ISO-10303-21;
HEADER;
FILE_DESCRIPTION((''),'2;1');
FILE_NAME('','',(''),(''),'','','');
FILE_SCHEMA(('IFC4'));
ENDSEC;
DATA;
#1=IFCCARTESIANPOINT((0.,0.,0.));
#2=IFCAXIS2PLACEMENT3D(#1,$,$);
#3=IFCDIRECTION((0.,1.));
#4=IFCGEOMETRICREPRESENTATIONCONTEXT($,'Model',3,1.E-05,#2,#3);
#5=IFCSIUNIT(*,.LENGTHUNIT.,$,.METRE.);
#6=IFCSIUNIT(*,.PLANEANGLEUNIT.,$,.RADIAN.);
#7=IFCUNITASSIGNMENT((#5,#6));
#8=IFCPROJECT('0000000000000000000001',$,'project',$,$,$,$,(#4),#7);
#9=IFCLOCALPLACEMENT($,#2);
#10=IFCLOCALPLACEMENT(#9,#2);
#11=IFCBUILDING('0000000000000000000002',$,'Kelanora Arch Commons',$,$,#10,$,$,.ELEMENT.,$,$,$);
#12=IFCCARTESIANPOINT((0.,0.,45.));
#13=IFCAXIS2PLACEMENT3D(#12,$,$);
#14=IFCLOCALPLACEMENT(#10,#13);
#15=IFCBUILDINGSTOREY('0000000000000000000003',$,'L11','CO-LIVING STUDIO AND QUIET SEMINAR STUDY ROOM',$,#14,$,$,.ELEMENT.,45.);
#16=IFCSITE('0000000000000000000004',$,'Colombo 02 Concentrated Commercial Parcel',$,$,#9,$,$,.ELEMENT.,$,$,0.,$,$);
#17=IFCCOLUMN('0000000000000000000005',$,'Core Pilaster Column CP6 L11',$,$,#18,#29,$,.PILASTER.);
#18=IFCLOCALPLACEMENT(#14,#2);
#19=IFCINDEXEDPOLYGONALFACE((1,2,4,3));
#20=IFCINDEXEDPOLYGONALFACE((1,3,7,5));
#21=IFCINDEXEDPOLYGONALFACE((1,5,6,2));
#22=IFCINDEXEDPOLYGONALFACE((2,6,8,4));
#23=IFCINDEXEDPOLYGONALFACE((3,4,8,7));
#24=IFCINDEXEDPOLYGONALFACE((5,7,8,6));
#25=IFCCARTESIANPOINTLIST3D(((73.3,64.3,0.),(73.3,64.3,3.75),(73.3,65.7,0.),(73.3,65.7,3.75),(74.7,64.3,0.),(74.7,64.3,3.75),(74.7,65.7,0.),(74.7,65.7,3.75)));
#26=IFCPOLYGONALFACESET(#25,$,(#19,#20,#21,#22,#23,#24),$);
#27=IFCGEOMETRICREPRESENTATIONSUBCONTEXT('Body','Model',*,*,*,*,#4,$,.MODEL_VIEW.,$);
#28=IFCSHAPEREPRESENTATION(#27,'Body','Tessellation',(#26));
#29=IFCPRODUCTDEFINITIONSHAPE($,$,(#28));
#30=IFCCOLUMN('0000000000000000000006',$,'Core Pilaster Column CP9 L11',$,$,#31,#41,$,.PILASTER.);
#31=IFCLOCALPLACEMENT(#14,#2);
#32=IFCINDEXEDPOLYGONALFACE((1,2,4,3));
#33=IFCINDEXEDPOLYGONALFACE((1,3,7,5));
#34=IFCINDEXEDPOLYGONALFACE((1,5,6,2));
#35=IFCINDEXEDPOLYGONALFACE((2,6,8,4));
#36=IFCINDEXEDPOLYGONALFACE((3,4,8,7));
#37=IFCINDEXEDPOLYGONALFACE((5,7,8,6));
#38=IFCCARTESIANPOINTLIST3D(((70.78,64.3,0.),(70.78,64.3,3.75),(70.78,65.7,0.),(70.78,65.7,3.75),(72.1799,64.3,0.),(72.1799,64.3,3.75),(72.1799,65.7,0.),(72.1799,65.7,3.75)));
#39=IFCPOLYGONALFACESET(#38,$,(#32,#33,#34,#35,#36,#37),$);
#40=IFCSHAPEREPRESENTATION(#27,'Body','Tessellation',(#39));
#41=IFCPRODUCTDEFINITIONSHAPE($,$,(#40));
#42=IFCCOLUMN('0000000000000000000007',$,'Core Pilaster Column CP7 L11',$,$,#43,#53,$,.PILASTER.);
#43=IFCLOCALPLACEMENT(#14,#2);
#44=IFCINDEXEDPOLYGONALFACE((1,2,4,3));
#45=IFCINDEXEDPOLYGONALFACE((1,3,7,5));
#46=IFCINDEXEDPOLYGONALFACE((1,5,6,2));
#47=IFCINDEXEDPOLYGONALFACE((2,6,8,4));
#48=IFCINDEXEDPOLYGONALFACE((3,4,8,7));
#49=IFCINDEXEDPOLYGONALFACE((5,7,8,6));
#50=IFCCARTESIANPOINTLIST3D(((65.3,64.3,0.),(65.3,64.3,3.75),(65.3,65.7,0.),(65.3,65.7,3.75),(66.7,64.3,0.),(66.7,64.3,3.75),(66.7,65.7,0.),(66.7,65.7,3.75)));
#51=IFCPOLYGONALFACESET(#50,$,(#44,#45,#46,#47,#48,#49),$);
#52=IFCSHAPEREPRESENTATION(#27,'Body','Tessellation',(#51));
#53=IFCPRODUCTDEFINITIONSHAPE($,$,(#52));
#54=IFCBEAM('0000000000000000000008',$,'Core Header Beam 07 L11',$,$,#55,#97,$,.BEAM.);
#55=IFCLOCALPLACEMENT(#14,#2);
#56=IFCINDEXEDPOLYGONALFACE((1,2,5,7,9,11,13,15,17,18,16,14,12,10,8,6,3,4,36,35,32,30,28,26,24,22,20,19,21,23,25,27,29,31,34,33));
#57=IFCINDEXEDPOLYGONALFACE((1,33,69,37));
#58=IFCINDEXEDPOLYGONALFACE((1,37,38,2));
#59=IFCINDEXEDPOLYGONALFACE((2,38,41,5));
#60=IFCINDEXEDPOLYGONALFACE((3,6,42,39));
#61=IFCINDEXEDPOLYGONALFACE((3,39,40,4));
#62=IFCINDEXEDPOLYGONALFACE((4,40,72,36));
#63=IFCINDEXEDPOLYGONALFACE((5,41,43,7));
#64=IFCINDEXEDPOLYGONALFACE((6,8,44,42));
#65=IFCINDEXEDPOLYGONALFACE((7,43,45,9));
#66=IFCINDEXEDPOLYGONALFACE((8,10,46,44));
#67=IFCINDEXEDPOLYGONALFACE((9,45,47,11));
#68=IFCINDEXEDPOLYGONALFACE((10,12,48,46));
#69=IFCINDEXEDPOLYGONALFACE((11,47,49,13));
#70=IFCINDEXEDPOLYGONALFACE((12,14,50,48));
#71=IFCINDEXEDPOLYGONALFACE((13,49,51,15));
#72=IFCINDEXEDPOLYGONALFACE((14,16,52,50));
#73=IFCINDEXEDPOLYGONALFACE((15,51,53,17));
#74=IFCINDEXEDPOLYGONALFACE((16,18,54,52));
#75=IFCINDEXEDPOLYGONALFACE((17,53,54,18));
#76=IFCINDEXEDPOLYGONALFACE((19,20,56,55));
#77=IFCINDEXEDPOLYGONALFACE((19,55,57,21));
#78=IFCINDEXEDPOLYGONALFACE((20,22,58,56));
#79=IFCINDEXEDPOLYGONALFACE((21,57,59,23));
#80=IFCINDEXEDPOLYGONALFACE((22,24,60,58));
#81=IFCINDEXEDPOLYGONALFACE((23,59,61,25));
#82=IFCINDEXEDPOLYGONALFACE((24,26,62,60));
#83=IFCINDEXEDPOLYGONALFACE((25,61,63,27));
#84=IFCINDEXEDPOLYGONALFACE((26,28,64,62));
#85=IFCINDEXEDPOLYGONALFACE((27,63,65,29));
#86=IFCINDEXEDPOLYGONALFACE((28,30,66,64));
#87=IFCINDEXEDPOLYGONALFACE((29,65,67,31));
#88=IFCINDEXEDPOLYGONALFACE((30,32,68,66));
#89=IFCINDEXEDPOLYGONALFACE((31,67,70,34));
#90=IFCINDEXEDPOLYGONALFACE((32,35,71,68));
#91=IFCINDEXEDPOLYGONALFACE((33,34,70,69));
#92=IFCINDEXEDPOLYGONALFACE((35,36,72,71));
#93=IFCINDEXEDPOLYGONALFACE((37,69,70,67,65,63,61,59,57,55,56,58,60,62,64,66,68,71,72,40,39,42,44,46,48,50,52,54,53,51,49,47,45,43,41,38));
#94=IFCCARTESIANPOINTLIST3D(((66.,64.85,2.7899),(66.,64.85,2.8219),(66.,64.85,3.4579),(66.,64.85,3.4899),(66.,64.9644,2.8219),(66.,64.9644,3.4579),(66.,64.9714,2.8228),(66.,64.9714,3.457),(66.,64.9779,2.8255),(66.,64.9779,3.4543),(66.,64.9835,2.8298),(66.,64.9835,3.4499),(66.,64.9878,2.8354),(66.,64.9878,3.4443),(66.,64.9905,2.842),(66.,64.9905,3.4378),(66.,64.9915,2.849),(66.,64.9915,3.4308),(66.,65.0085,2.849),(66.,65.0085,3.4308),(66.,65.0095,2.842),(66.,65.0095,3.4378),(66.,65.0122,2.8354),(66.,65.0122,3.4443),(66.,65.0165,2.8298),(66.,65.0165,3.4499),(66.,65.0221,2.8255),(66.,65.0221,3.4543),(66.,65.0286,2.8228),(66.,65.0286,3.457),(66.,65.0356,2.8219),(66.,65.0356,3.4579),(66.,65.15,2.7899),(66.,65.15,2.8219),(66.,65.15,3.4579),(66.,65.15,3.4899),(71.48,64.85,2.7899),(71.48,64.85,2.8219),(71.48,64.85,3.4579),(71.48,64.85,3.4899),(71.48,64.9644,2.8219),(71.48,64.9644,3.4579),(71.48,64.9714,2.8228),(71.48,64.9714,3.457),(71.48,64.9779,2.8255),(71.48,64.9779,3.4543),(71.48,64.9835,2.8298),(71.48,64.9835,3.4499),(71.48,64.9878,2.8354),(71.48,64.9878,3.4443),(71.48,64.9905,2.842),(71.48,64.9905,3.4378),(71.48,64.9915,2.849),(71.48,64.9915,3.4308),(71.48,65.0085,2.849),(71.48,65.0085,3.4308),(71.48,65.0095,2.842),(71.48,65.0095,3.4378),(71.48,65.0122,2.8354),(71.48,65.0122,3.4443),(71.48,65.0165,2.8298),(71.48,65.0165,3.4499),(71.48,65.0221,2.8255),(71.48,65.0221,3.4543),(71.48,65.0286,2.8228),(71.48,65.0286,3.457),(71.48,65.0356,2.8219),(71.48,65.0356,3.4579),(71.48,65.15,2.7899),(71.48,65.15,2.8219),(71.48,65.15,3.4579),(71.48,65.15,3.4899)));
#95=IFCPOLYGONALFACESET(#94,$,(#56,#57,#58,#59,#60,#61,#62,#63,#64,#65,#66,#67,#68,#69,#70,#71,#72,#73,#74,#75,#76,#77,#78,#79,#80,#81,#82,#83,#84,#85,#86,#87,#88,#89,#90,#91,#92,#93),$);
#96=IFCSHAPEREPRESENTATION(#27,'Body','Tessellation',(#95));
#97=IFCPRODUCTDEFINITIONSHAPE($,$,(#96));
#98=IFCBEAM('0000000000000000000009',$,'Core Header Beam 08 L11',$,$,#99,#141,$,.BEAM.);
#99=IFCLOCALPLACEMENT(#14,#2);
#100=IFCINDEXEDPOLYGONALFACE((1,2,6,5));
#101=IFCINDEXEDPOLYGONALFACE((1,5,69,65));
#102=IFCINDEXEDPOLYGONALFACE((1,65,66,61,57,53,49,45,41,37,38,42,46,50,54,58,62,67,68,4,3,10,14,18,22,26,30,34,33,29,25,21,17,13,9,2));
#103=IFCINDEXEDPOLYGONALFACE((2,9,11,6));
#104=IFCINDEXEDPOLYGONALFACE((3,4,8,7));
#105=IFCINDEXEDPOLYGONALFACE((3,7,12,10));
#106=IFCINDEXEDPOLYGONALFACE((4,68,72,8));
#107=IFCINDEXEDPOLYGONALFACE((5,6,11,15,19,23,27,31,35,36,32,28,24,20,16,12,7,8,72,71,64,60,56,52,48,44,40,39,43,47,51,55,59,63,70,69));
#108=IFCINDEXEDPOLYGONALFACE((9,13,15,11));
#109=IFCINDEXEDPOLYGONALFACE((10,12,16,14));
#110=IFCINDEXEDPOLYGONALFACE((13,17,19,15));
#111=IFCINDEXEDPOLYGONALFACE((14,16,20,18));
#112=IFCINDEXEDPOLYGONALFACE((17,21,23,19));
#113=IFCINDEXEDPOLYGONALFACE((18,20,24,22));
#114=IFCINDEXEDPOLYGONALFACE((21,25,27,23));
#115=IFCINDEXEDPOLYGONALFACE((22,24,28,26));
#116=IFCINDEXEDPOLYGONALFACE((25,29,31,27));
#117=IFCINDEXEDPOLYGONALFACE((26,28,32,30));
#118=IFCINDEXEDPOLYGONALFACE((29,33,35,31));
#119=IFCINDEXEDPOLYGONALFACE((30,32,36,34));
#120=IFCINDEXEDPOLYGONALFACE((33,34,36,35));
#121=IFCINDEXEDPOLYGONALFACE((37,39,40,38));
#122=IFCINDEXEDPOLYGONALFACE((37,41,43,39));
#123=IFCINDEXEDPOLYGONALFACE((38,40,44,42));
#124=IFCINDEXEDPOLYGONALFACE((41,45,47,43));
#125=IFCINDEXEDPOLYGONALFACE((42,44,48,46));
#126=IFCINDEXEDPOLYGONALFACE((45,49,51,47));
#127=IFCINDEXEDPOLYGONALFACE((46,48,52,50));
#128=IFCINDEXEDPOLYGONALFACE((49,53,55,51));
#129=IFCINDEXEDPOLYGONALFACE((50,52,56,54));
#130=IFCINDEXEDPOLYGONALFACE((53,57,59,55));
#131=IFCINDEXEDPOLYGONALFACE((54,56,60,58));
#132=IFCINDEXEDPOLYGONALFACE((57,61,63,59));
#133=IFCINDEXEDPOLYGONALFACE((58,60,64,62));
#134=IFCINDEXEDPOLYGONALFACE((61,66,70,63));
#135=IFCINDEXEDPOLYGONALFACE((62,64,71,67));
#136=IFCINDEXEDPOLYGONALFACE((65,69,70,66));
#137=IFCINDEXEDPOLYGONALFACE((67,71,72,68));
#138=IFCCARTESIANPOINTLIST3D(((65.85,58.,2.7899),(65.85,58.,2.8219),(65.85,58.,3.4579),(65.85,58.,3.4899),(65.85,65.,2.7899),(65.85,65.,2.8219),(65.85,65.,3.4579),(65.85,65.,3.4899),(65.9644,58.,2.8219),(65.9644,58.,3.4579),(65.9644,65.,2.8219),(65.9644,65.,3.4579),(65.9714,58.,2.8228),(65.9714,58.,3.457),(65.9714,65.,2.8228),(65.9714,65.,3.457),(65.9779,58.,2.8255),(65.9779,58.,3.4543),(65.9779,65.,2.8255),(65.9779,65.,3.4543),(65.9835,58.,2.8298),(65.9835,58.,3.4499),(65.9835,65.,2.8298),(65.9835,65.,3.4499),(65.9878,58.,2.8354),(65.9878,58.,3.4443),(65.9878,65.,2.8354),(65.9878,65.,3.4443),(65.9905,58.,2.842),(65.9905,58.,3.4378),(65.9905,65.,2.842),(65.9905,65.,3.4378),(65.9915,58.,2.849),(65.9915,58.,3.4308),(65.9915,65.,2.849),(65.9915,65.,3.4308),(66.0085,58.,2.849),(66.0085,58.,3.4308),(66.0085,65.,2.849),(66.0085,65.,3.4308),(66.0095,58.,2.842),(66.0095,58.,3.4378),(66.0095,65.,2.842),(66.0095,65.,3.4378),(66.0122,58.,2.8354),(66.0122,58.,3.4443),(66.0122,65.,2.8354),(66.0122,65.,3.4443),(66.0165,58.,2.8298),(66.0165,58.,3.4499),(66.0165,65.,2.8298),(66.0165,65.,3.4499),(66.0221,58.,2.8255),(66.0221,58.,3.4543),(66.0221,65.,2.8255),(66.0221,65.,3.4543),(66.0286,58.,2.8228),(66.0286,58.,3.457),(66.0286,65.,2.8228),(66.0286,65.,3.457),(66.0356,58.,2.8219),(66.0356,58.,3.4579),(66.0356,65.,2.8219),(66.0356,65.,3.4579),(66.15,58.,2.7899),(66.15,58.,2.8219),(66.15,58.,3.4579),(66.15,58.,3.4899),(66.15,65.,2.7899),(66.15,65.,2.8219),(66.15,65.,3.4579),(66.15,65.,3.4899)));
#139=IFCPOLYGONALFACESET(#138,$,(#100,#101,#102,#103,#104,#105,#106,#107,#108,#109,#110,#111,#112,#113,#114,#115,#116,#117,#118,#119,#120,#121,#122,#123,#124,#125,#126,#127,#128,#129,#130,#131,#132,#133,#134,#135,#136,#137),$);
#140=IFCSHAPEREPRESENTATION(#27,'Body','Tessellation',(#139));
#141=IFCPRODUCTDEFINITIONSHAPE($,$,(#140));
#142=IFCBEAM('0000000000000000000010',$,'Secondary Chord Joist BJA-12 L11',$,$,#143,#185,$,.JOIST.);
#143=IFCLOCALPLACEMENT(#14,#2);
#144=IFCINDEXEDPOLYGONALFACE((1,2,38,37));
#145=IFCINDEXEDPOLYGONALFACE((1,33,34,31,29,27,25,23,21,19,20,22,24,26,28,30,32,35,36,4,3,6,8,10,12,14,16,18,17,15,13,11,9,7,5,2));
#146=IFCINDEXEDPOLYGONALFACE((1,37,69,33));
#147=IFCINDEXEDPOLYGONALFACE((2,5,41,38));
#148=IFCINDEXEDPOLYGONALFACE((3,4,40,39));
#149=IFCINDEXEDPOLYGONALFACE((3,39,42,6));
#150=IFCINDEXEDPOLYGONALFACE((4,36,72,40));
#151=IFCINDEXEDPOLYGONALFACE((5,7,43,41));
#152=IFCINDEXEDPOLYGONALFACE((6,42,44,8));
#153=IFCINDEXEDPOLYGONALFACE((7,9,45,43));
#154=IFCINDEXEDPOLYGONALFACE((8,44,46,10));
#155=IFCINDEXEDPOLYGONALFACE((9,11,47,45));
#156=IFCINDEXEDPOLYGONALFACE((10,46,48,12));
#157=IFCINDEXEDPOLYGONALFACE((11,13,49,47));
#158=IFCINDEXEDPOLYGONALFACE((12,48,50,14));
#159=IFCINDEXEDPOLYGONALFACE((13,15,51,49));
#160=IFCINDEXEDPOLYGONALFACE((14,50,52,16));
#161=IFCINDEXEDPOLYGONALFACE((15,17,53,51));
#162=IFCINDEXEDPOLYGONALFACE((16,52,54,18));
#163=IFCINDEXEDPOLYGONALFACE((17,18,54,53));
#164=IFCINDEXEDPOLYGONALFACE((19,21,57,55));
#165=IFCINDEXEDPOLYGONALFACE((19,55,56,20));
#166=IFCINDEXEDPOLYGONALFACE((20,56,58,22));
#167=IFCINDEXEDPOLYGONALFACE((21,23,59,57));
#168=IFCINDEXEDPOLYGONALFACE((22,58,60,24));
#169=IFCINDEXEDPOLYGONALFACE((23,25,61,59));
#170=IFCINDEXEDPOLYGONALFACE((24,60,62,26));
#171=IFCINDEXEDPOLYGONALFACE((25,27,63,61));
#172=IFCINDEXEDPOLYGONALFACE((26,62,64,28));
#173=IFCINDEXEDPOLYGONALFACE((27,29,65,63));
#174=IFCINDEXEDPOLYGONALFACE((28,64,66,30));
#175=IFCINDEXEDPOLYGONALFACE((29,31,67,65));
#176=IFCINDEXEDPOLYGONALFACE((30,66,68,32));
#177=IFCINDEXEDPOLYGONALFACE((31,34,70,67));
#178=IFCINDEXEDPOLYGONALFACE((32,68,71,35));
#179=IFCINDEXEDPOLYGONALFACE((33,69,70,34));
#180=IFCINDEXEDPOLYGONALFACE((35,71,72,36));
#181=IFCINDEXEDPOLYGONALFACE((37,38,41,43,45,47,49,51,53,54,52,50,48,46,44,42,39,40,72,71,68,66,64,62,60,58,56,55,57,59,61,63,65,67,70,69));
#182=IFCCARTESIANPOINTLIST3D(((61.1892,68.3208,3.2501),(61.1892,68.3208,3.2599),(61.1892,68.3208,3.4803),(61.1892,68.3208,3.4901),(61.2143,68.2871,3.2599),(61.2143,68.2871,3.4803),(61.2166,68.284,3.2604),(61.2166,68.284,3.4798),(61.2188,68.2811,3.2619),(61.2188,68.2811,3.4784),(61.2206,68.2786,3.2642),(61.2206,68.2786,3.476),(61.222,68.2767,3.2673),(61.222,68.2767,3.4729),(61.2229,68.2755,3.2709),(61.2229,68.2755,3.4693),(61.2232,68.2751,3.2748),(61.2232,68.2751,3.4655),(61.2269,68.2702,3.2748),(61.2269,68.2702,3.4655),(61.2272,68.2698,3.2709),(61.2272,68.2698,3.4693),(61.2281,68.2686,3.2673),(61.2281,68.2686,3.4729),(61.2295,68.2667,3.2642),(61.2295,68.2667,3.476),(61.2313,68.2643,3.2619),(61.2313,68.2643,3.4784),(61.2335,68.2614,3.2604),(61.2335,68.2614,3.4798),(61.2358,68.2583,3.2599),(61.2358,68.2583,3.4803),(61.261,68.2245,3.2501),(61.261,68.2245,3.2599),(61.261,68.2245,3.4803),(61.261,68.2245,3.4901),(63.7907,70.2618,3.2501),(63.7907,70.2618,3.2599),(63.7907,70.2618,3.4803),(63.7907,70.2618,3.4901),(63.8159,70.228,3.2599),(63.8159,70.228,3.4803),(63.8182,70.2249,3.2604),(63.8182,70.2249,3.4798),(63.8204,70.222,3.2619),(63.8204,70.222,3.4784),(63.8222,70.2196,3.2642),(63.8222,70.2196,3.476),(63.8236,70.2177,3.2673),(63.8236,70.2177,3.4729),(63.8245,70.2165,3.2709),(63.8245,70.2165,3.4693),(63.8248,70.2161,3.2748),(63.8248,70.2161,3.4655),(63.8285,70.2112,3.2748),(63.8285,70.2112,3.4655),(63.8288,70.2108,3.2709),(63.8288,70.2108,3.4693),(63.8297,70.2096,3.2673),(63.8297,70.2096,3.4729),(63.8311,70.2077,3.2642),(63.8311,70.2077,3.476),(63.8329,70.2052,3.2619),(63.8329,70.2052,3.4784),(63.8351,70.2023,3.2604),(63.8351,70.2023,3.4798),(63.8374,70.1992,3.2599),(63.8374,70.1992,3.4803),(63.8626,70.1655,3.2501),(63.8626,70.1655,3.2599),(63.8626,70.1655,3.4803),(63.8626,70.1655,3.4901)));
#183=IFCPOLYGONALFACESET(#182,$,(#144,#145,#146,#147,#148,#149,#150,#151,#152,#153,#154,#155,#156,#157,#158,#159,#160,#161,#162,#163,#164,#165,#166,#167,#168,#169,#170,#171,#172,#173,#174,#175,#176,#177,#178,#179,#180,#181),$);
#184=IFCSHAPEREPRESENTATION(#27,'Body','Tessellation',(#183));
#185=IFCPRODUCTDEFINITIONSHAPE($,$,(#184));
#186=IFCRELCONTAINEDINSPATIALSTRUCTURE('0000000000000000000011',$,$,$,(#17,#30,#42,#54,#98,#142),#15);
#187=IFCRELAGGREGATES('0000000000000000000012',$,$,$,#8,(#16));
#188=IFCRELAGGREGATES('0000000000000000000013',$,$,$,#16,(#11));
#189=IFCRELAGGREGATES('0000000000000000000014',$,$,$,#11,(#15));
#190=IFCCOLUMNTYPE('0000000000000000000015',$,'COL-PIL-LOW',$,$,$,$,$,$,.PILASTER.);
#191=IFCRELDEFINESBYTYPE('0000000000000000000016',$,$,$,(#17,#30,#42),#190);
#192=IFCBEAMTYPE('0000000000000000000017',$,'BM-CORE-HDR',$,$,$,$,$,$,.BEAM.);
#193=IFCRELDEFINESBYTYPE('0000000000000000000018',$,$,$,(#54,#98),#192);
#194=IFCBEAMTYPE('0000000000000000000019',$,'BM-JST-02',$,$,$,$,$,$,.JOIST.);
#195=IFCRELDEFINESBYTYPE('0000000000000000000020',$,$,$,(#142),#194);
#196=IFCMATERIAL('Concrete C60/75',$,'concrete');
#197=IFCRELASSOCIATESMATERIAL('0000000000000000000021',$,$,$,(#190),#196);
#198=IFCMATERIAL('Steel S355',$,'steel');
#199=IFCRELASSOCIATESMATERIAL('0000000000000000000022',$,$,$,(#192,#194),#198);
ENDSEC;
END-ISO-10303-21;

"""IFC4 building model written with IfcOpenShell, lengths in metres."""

from ifc_helpers import new_model, si_unit, direction, frame, origin, origin_2d, place, context, subcontext, project, spatial, rectangle, i_section, extrude, material, material_profile, profile_set, type_object, element, save


model = new_model("IFC4")

# Units and contexts
model_context = context("Model", 3, precision=1e-05, world=origin(), true_north=direction((0.0, 1.0)))
body_context = subcontext(model_context, "Body", "Model", "MODEL_VIEW")
ifc_project = project(units=[si_unit("LENGTHUNIT", "METRE"), si_unit("PLANEANGLEUNIT", "RADIAN")], contexts=[model_context])

# Site, building, storey
site_placement = place(None, origin())
site = spatial("IfcSite", under=ifc_project, at=site_placement, Name="Colombo 02 Concentrated Commercial Parcel", CompositionType="ELEMENT", RefElevation=0.0)
building_placement = place(site_placement, origin())
building = spatial("IfcBuilding", under=site, at=building_placement, Name="Kelanora Arch Commons", CompositionType="ELEMENT")
storey_placement = place(building_placement, frame((0.0, 0.0, 45.0)))
storey = spatial("IfcBuildingStorey", under=building, at=storey_placement, Name="L11", Description="CO-LIVING STUDIO AND QUIET SEMINAR STUDY ROOM", CompositionType="ELEMENT", Elevation=45.0)

# Columns
ifc_material_1 = material(Name="Concrete C60/75", Category="concrete")
ifc_material_profile_1 = material_profile(ifc_material_1, rectangle(XDim=1.3999, YDim=1.3999, at=origin_2d()), Name="RC1400x1400")
ifc_profile_set_1 = profile_set([ifc_material_profile_1], Name="Concrete C60/75")
column_type = type_object("IfcColumnType", Name="COL-PIL-LOW", PredefinedType="PILASTER", material=ifc_profile_set_1)
for number, where, z_axis, x_axis, name in (
    (1, (74.0, 65.0, 0.0), (0.0, 0.0, 1.0), (1.0, 0.0, 0.0), "Core Pilaster Column CP6 L11"),
    (2, (71.48, 65.0, 0.0), (0.0, 0.0, 1.0), (1.0, 0.0, 0.0), "Core Pilaster Column CP9 L11"),
    (3, (66.0, 65.0, 0.0), (0.0, 0.0, 1.0), (1.0, 0.0, 0.0), "Core Pilaster Column CP7 L11"),
):
    element("IfcColumn", number, at=place(storey_placement, frame(where, z_axis=z_axis, x_axis=x_axis)), inside=storey, type_object=column_type, Name=name, PredefinedType="PILASTER", context=body_context, shape_type="SweptSolid", body=[
        extrude(rectangle(XDim=1.3999, YDim=1.3999, at=origin_2d()), origin(), (0.0, 0.0, 1.0), 3.75),
    ])

# Beams
ifc_material_2 = material(Name="Steel S355", Category="steel")
ifc_material_profile_2 = material_profile(ifc_material_2, i_section(OverallWidth=0.3, OverallDepth=0.7, WebThickness=0.0171, FlangeThickness=0.032, FilletRadius=0.0271, at=origin_2d()), Name="HEB700")
ifc_profile_set_2 = profile_set([ifc_material_profile_2], Name="Steel S355")
beam_type_1 = type_object("IfcBeamType", Name="BM-CORE-HDR", PredefinedType="BEAM", material=ifc_profile_set_2)
beam_1_placement = place(storey_placement, frame((71.48, 65.0, 3.1399), z_axis=(-1.0, 0.0, 0.0), x_axis=(0.0, -1.0, 0.0)))
element("IfcBeam", 4, at=beam_1_placement, inside=storey, type_object=beam_type_1, Name="Core Header Beam 07 L11", PredefinedType="BEAM", context=body_context, shape_type="SweptSolid", body=[
    extrude(i_section(OverallWidth=0.3, OverallDepth=0.7, WebThickness=0.0171, FlangeThickness=0.032, FilletRadius=0.0271, at=origin_2d()), origin(), (0.0, 0.0, 1.0), 5.48),
])
beam_2_placement = place(storey_placement, frame((66.0, 65.0, 3.1399), z_axis=(0.0, -1.0, 0.0), x_axis=(1.0, 0.0, 0.0)))
element("IfcBeam", 5, at=beam_2_placement, inside=storey, type_object=beam_type_1, Name="Core Header Beam 08 L11", PredefinedType="BEAM", context=body_context, shape_type="SweptSolid", body=[
    extrude(i_section(OverallWidth=0.3, OverallDepth=0.7, WebThickness=0.0171, FlangeThickness=0.032, FilletRadius=0.0271, at=origin_2d()), origin(), (0.0, 0.0, 1.0), 7.0),
])
ifc_material_profile_3 = material_profile(ifc_material_2, i_section(OverallWidth=0.1201, OverallDepth=0.24, WebThickness=0.0061, FlangeThickness=0.0098, FilletRadius=0.0149, at=origin_2d()), Name="IPE240")
ifc_profile_set_3 = profile_set([ifc_material_profile_3], Name="Steel S355")
beam_type_2 = type_object("IfcBeamType", Name="BM-JST-02", PredefinedType="JOIST", material=ifc_profile_set_3)
beam_3_placement = place(storey_placement, frame((63.8267, 70.2136, 3.3701), z_axis=(-0.801514, -0.597976, 0.0), x_axis=(0.597976, -0.801514, 0.0)))
element("IfcBeam", 6, at=beam_3_placement, inside=storey, type_object=beam_type_2, Name="Secondary Chord Joist BJA-12 L11", PredefinedType="JOIST", context=body_context, shape_type="SweptSolid", body=[
    extrude(i_section(OverallWidth=0.1201, OverallDepth=0.24, WebThickness=0.0061, FlangeThickness=0.0098, FilletRadius=0.0149, at=origin_2d()), origin(), (0.0, 0.0, 1.0), 3.2458),
])

save(model, "model.ifc")
